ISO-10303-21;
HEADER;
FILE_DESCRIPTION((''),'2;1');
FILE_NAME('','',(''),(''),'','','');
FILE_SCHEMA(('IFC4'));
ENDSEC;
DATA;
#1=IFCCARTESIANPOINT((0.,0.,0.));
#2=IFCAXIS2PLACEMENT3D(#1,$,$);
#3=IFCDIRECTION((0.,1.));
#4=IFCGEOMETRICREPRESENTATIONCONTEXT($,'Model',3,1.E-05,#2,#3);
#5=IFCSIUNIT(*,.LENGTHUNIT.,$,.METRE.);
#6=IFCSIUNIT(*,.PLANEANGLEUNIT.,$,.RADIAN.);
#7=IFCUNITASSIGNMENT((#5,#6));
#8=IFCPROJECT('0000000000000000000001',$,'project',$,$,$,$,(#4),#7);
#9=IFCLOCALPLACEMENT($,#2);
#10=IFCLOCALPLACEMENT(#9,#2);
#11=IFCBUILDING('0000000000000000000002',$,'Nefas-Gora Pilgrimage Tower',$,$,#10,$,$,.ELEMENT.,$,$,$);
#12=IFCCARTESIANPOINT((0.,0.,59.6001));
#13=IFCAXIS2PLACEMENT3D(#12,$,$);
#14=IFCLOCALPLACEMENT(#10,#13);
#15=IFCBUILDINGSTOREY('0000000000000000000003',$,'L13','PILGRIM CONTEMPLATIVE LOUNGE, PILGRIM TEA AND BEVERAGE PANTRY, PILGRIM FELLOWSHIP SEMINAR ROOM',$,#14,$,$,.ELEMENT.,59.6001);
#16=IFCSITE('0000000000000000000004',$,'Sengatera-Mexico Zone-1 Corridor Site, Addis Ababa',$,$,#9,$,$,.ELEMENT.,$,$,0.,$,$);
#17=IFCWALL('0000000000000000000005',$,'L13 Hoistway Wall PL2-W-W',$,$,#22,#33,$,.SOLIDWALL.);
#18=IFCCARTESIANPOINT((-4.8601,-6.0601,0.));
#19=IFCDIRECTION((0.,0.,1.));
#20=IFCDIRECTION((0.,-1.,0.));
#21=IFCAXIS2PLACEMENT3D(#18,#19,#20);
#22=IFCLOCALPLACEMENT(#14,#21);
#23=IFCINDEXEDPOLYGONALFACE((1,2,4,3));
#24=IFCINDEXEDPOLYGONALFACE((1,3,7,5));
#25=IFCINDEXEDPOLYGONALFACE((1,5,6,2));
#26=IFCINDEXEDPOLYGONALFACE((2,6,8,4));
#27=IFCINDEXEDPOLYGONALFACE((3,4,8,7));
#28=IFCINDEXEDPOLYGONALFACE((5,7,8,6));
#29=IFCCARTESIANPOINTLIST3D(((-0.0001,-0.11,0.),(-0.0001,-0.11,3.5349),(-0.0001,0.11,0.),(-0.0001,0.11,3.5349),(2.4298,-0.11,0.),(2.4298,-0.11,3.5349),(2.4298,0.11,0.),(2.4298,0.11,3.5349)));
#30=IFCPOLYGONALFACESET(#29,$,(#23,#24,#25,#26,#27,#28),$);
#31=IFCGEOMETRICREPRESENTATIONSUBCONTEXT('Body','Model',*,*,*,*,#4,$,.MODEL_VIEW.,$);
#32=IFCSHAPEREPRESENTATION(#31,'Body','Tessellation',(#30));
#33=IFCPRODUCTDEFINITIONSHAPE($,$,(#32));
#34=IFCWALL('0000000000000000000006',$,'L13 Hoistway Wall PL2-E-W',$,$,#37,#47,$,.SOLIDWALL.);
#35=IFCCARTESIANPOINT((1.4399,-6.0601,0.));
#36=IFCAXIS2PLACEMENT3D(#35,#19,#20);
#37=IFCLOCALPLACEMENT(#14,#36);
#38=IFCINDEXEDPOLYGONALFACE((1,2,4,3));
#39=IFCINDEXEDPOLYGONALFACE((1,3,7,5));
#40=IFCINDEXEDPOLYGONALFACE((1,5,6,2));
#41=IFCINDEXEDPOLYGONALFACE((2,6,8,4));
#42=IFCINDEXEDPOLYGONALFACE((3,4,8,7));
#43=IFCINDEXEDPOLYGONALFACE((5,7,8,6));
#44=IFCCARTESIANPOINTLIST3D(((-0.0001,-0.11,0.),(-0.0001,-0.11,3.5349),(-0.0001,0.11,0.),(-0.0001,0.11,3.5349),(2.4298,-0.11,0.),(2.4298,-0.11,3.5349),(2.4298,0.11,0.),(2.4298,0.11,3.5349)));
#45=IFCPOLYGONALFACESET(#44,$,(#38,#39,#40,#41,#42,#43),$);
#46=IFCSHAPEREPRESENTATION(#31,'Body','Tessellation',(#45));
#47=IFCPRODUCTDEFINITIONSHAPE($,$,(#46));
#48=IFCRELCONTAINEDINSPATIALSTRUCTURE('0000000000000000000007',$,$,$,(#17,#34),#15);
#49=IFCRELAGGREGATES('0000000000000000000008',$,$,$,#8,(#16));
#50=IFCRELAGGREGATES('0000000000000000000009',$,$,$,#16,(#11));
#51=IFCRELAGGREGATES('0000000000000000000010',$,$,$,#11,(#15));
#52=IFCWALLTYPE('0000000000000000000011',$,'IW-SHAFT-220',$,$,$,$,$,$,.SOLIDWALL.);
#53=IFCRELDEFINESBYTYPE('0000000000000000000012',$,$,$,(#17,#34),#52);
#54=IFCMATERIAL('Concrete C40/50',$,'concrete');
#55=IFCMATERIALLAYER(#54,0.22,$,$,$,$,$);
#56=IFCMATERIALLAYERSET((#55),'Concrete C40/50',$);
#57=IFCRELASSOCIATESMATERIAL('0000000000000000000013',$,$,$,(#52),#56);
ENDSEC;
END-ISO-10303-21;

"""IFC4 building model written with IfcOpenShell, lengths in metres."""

from ifc_helpers import new_model, si_unit, direction, frame, frame_2d, origin, place, context, subcontext, project, spatial, rectangle, extrude, source, transform, mapped, material, layer, layer_set, type_object, element, save


model = new_model("IFC4")

# Units and contexts
model_context = context("Model", 3, precision=1e-05, world=origin(), true_north=direction((0.0, 1.0)))
body_context = subcontext(model_context, "Body", "Model", "MODEL_VIEW")
ifc_project = project(units=[si_unit("LENGTHUNIT", "METRE"), si_unit("PLANEANGLEUNIT", "RADIAN")], contexts=[model_context])

# Site, building, storey
site_placement = place(None, origin())
site = spatial("IfcSite", under=ifc_project, at=site_placement, Name="Sengatera-Mexico Zone-1 Corridor Site, Addis Ababa", CompositionType="ELEMENT", RefElevation=0.0)
building_placement = place(site_placement, origin())
building = spatial("IfcBuilding", under=site, at=building_placement, Name="Nefas-Gora Pilgrimage Tower", CompositionType="ELEMENT")
storey_placement = place(building_placement, frame((0.0, 0.0, 59.6001)))
storey = spatial("IfcBuildingStorey", under=building, at=storey_placement, Name="L13", Description="PILGRIM CONTEMPLATIVE LOUNGE, PILGRIM TEA AND BEVERAGE PANTRY, PILGRIM FELLOWSHIP SEMINAR ROOM", CompositionType="ELEMENT", Elevation=59.6001)

# Walls
ifc_material_1 = material(Name="Concrete C40/50", Category="concrete")
ifc_layer_1 = layer(ifc_material_1, 0.22)
ifc_layer_set_1 = layer_set([ifc_layer_1], Name="Concrete C40/50")
wall_type_1 = type_object("IfcWallType", Name="IW-SHAFT-220", PredefinedType="SOLIDWALL", material=ifc_layer_set_1)
shared_shape_1 = source(origin(), body_context, "Body", "SweptSolid", [
    extrude(rectangle(XDim=2.4299, YDim=0.22, at=frame_2d((1.2148, 0.0))), origin(), (0.0, 0.0, 1.0), 3.5349),
])
for number, where, z_axis, x_axis, name in (
    (1, (-4.8601, -6.0601, 0.0), (0.0, 0.0, 1.0), (0.0, -1.0, 0.0), "L13 Hoistway Wall PL2-W-W"),
    (2, (1.4399, -6.0601, 0.0), (0.0, 0.0, 1.0), (0.0, -1.0, 0.0), "L13 Hoistway Wall PL2-E-W"),
):
    element("IfcWall", number, at=place(storey_placement, frame(where, z_axis=z_axis, x_axis=x_axis)), inside=storey, type_object=wall_type_1, Name=name, PredefinedType="SOLIDWALL", context=body_context, shape_type="MappedRepresentation", body=[
        mapped(shared_shape_1, transform((0.0, 0.0, 0.0), x_axis=(1.0, 0.0, 0.0), y_axis=(0.0, 1.0, 0.0), z_axis=(0.0, 0.0, 1.0), scale=1.0)),
    ])

save(model, "model.ifc")
